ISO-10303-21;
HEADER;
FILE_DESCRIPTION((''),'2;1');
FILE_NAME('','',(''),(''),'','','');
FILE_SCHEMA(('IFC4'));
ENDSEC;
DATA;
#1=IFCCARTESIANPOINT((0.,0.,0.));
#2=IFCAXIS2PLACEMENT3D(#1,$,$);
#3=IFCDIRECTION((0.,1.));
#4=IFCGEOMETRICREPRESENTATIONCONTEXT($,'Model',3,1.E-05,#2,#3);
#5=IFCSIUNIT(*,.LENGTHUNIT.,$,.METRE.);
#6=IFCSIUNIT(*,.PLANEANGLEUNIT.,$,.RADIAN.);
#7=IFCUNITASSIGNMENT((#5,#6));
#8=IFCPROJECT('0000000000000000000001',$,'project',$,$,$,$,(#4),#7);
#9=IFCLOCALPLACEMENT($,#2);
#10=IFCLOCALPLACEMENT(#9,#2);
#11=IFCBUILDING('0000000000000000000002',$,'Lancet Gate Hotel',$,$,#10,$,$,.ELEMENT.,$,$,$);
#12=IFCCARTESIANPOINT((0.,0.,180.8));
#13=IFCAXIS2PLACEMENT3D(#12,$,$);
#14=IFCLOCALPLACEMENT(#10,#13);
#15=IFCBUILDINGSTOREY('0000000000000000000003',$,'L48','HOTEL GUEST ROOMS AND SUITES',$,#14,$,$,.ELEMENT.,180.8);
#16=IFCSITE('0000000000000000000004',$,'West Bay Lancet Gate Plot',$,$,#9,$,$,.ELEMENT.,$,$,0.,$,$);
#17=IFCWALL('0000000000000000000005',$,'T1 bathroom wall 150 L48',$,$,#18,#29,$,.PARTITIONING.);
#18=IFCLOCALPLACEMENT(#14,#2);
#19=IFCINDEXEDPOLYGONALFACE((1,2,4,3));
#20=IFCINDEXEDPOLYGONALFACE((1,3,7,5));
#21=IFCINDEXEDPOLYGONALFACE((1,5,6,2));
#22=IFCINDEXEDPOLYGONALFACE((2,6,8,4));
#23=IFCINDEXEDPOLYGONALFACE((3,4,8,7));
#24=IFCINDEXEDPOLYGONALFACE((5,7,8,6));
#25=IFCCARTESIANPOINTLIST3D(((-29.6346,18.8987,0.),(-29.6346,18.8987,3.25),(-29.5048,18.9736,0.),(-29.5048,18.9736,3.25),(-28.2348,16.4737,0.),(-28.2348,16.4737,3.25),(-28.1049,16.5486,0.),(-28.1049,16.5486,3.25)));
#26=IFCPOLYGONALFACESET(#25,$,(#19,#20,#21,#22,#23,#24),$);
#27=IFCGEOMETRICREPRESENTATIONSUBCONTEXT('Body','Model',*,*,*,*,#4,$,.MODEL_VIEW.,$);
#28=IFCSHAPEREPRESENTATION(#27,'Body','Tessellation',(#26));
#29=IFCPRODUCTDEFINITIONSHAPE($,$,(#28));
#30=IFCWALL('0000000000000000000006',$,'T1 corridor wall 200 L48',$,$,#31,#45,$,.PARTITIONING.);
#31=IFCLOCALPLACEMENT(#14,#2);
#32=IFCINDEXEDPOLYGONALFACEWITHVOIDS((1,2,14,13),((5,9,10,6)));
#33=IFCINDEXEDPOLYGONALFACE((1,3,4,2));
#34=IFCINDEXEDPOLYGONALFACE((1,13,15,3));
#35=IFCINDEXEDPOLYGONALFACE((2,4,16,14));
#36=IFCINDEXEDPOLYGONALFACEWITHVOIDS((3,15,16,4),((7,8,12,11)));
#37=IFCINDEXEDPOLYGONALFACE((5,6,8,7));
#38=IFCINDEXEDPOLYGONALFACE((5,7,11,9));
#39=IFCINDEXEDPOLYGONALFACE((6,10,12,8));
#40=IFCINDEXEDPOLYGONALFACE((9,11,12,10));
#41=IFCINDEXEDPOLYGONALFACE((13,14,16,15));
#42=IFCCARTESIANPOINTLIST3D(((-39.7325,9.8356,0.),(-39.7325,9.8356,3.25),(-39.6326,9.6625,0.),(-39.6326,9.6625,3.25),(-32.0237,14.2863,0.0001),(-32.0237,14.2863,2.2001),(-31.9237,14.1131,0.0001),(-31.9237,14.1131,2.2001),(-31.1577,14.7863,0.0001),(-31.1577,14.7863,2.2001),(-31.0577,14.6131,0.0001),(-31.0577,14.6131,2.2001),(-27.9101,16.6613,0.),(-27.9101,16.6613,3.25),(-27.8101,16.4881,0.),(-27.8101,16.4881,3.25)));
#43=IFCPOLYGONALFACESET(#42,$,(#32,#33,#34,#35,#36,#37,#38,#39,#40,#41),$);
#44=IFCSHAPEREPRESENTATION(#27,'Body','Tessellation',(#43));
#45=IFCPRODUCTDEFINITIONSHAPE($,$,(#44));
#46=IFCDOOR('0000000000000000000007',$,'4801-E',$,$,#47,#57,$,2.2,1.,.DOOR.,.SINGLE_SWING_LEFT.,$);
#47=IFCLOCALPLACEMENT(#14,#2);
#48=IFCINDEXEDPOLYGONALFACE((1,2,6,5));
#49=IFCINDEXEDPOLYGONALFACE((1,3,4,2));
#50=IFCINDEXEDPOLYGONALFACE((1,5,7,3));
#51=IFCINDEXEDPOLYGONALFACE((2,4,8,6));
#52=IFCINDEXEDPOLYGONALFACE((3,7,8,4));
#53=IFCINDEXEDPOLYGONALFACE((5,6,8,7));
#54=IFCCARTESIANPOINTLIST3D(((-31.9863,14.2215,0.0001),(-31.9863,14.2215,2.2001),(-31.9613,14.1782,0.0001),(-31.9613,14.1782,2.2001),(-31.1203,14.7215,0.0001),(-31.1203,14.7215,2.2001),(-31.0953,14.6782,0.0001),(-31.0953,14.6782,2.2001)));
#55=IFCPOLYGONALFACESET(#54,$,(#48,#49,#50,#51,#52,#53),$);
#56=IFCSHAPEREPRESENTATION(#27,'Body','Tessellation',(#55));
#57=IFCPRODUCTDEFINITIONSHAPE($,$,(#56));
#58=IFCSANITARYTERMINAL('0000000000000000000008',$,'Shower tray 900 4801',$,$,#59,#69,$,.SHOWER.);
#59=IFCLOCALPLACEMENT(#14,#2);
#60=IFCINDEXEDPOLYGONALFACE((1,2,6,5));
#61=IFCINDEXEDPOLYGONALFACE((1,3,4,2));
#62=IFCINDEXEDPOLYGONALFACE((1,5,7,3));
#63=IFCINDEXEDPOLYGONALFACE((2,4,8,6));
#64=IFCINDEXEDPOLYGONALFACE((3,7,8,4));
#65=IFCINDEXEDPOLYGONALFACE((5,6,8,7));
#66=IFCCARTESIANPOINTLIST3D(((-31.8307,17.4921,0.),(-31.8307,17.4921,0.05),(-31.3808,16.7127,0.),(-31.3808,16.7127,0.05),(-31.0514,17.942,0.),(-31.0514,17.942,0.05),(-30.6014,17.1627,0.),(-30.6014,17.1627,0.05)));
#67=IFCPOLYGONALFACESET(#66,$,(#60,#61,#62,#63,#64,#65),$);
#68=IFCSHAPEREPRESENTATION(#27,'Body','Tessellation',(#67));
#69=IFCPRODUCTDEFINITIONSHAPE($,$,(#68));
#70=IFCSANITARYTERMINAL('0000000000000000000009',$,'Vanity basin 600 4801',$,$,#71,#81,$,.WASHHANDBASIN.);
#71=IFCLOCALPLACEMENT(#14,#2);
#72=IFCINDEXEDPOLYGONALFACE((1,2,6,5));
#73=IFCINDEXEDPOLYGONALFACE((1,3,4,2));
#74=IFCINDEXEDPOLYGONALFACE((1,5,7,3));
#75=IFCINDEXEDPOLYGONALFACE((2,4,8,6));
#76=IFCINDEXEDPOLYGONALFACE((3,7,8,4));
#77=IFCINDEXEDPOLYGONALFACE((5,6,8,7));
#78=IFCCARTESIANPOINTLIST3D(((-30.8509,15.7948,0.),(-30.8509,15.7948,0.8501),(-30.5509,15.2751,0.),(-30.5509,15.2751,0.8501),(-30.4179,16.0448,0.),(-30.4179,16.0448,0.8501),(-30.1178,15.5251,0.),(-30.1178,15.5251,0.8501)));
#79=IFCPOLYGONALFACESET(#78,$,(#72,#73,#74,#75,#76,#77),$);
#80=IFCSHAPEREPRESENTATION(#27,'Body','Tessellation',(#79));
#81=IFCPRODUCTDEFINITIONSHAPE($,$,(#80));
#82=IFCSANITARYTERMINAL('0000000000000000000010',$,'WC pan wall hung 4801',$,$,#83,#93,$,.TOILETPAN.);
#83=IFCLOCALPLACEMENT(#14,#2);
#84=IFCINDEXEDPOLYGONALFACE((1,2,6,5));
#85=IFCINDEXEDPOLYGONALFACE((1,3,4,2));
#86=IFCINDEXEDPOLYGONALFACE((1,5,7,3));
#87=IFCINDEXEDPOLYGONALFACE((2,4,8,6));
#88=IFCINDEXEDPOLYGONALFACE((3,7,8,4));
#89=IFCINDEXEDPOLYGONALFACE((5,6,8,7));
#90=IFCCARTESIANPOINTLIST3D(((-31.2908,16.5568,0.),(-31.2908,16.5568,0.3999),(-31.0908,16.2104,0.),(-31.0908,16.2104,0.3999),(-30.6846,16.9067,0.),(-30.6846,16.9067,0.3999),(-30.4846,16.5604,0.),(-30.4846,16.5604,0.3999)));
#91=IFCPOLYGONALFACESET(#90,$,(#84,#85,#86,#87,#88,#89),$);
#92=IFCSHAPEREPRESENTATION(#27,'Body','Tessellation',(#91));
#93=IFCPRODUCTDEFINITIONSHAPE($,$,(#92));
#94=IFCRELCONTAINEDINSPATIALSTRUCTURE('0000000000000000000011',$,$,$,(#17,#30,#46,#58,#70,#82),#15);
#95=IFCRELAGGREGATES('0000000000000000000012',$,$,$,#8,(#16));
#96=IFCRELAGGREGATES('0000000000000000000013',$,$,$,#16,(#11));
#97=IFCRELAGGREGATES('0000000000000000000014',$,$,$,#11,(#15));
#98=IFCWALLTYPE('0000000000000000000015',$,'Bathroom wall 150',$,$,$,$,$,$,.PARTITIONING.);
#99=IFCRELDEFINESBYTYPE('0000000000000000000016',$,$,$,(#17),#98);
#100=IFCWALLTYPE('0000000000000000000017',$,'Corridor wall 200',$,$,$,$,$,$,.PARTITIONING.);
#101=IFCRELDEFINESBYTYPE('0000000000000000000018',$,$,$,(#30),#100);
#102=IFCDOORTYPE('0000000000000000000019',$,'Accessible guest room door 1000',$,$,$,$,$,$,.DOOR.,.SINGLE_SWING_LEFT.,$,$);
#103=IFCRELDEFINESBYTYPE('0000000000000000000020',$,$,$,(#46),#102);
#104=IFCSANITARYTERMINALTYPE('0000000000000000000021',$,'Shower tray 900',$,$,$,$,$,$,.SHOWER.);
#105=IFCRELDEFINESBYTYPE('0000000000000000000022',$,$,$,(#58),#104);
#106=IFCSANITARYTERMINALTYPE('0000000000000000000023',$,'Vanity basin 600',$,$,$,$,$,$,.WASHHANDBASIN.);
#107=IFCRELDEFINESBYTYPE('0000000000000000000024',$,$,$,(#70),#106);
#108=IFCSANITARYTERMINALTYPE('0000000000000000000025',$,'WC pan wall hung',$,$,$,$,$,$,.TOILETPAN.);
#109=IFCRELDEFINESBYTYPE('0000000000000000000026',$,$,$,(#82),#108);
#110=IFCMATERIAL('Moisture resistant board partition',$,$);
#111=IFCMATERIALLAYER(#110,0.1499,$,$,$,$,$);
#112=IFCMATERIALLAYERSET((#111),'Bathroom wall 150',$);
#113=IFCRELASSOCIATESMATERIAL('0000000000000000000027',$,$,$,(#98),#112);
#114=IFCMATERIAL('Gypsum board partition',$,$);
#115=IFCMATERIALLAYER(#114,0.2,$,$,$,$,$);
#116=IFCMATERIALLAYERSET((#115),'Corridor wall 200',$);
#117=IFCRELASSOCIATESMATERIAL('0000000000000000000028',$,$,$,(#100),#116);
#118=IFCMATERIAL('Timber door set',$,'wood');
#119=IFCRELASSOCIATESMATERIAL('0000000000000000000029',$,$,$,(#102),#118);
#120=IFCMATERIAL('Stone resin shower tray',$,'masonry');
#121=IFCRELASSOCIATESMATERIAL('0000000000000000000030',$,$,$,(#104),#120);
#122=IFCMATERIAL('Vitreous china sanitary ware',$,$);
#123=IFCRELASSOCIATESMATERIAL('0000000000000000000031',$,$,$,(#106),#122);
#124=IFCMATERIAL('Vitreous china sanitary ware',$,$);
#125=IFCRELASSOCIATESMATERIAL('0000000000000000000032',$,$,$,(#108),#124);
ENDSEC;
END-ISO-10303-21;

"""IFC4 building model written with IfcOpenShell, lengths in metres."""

from ifc_helpers import new_model, si_unit, direction, frame, frame_2d, origin, origin_2d, place, context, subcontext, project, spatial, rectangle, extrude, material, layer, layer_set, type_object, element, fill, save


model = new_model("IFC4")

# Units and contexts
model_context = context("Model", 3, precision=1e-05, world=origin(), true_north=direction((0.0, 1.0)))
body_context = subcontext(model_context, "Body", "Model", "MODEL_VIEW")
ifc_project = project(units=[si_unit("LENGTHUNIT", "METRE"), si_unit("PLANEANGLEUNIT", "RADIAN")], contexts=[model_context])

# Site, building, storey
site_placement = place(None, origin())
site = spatial("IfcSite", under=ifc_project, at=site_placement, Name="West Bay Lancet Gate Plot", CompositionType="ELEMENT", RefElevation=0.0)
building_placement = place(site_placement, origin())
building = spatial("IfcBuilding", under=site, at=building_placement, Name="Lancet Gate Hotel", CompositionType="ELEMENT")
storey_placement = place(building_placement, frame((0.0, 0.0, 180.8)))
storey = spatial("IfcBuildingStorey", under=building, at=storey_placement, Name="L48", Description="HOTEL GUEST ROOMS AND SUITES", CompositionType="ELEMENT", Elevation=180.8)

# Wall
ifc_material_1 = material(Name="Moisture resistant board partition")
ifc_layer_1 = layer(ifc_material_1, 0.1499)
ifc_layer_set_1 = layer_set([ifc_layer_1], Name="Bathroom wall 150")
wall_type_1 = type_object("IfcWallType", Name="Bathroom wall 150", PredefinedType="PARTITIONING", material=ifc_layer_set_1)
wall_1_placement = place(storey_placement, frame((-28.1699, 16.5112, 0.0), z_axis=(0.0, 0.0, 1.0), x_axis=(-0.499946, 0.866056, 0.0)))
element("IfcWall", 1, at=wall_1_placement, inside=storey, type_object=wall_type_1, Name="T1 bathroom wall 150 L48", PredefinedType="PARTITIONING", context=body_context, shape_type="SweptSolid", body=[
    extrude(rectangle(XDim=2.8, YDim=0.1499, at=frame_2d((1.3999, 0.0))), origin(), (0.0, 0.0, 1.0), 3.25),
])

# Wall, opening, door
ifc_material_2 = material(Name="Gypsum board partition")
ifc_layer_2 = layer(ifc_material_2, 0.2)
ifc_layer_set_2 = layer_set([ifc_layer_2], Name="Corridor wall 200")
wall_type_2 = type_object("IfcWallType", Name="Corridor wall 200", PredefinedType="PARTITIONING", material=ifc_layer_set_2)
wall_2_placement = place(storey_placement, frame((-27.8601, 16.5747, 0.0), z_axis=(0.0, 0.0, 1.0), x_axis=(-0.866027, -0.499997, 0.0)))
wall_2 = element("IfcWall", 2, at=wall_2_placement, inside=storey, type_object=wall_type_2, Name="T1 corridor wall 200 L48", PredefinedType="PARTITIONING", context=body_context, shape_type="SweptSolid", body=[
    extrude(rectangle(XDim=13.6514, YDim=0.2, at=frame_2d((6.8257, 0.0))), origin(), (0.0, 0.0, 1.0), 3.25),
])
opening_placement = place(wall_2_placement, frame((3.75, 0.0, 0.0)))
opening = element("IfcOpeningElement", 3, at=opening_placement, cuts=wall_2, PredefinedType="OPENING", context=body_context, shape_type="SweptSolid", body=[
    extrude(rectangle(XDim=1.0, YDim=2.2, at=frame_2d((0.5, 1.1001))), frame((0.0, 0.1099, 0.0), z_axis=(0.0, -1.0, 0.0), x_axis=(1.0, 0.0, 0.0)), (0.0, 0.0, 1.0), 0.22),
])
ifc_material_3 = material(Name="Timber door set", Category="wood")
door_type = type_object("IfcDoorType", Name="Accessible guest room door 1000", OperationType="SINGLE_SWING_LEFT", PredefinedType="DOOR", material=ifc_material_3)
door_placement = place(opening_placement, origin())
door = element("IfcDoor", 4, at=door_placement, inside=storey, type_object=door_type, Name="4801-E", OperationType="SINGLE_SWING_LEFT", OverallHeight=2.2, OverallWidth=1.0, PredefinedType="DOOR", context=body_context, shape_type="SweptSolid", body=[
    extrude(rectangle(XDim=1.0, YDim=2.2, at=frame_2d((0.5, 1.1001))), frame((0.0, 0.0249, 0.0), z_axis=(0.0, -1.0, 0.0), x_axis=(1.0, 0.0, 0.0)), (0.0, 0.0, 1.0), 0.05),
])
fill(opening, door)

# Sanitary terminals
ifc_material_4 = material(Name="Stone resin shower tray", Category="masonry")
sanitary_terminal_type_1 = type_object("IfcSanitaryTerminalType", Name="Shower tray 900", PredefinedType="SHOWER", material=ifc_material_4)
sanitary_terminal_1_placement = place(storey_placement, frame((-31.2161, 17.3274, 0.0), z_axis=(0.0, 0.0, 1.0), x_axis=(-0.5, 0.866025, 0.0)))
element("IfcSanitaryTerminal", 5, at=sanitary_terminal_1_placement, inside=storey, type_object=sanitary_terminal_type_1, Name="Shower tray 900 4801", PredefinedType="SHOWER", context=body_context, shape_type="SweptSolid", body=[
    extrude(rectangle(XDim=0.8999, YDim=0.8999, at=origin_2d()), origin(), (0.0, 0.0, 1.0), 0.05),
])
ifc_material_5 = material(Name="Vitreous china sanitary ware")
sanitary_terminal_type_2 = type_object("IfcSanitaryTerminalType", Name="Vanity basin 600", PredefinedType="WASHHANDBASIN", material=ifc_material_5)
sanitary_terminal_2_placement = place(storey_placement, frame((-30.4844, 15.6599, 0.0), z_axis=(0.0, 0.0, 1.0), x_axis=(-0.5, 0.866025, 0.0)))
element("IfcSanitaryTerminal", 6, at=sanitary_terminal_2_placement, inside=storey, type_object=sanitary_terminal_type_2, Name="Vanity basin 600 4801", PredefinedType="WASHHANDBASIN", context=body_context, shape_type="SweptSolid", body=[
    extrude(rectangle(XDim=0.6001, YDim=0.5, at=origin_2d()), origin(), (0.0, 0.0, 1.0), 0.8501),
])
ifc_material_6 = material(Name="Vitreous china sanitary ware")
sanitary_terminal_type_3 = type_object("IfcSanitaryTerminalType", Name="WC pan wall hung", PredefinedType="TOILETPAN", material=ifc_material_6)
sanitary_terminal_3_placement = place(storey_placement, frame((-30.8877, 16.5586, 0.0), z_axis=(0.0, 0.0, 1.0), x_axis=(-0.5, 0.866025, 0.0)))
element("IfcSanitaryTerminal", 7, at=sanitary_terminal_3_placement, inside=storey, type_object=sanitary_terminal_type_3, Name="WC pan wall hung 4801", PredefinedType="TOILETPAN", context=body_context, shape_type="SweptSolid", body=[
    extrude(rectangle(XDim=0.3999, YDim=0.7, at=origin_2d()), origin(), (0.0, 0.0, 1.0), 0.3999),
])

save(model, "model.ifc")
